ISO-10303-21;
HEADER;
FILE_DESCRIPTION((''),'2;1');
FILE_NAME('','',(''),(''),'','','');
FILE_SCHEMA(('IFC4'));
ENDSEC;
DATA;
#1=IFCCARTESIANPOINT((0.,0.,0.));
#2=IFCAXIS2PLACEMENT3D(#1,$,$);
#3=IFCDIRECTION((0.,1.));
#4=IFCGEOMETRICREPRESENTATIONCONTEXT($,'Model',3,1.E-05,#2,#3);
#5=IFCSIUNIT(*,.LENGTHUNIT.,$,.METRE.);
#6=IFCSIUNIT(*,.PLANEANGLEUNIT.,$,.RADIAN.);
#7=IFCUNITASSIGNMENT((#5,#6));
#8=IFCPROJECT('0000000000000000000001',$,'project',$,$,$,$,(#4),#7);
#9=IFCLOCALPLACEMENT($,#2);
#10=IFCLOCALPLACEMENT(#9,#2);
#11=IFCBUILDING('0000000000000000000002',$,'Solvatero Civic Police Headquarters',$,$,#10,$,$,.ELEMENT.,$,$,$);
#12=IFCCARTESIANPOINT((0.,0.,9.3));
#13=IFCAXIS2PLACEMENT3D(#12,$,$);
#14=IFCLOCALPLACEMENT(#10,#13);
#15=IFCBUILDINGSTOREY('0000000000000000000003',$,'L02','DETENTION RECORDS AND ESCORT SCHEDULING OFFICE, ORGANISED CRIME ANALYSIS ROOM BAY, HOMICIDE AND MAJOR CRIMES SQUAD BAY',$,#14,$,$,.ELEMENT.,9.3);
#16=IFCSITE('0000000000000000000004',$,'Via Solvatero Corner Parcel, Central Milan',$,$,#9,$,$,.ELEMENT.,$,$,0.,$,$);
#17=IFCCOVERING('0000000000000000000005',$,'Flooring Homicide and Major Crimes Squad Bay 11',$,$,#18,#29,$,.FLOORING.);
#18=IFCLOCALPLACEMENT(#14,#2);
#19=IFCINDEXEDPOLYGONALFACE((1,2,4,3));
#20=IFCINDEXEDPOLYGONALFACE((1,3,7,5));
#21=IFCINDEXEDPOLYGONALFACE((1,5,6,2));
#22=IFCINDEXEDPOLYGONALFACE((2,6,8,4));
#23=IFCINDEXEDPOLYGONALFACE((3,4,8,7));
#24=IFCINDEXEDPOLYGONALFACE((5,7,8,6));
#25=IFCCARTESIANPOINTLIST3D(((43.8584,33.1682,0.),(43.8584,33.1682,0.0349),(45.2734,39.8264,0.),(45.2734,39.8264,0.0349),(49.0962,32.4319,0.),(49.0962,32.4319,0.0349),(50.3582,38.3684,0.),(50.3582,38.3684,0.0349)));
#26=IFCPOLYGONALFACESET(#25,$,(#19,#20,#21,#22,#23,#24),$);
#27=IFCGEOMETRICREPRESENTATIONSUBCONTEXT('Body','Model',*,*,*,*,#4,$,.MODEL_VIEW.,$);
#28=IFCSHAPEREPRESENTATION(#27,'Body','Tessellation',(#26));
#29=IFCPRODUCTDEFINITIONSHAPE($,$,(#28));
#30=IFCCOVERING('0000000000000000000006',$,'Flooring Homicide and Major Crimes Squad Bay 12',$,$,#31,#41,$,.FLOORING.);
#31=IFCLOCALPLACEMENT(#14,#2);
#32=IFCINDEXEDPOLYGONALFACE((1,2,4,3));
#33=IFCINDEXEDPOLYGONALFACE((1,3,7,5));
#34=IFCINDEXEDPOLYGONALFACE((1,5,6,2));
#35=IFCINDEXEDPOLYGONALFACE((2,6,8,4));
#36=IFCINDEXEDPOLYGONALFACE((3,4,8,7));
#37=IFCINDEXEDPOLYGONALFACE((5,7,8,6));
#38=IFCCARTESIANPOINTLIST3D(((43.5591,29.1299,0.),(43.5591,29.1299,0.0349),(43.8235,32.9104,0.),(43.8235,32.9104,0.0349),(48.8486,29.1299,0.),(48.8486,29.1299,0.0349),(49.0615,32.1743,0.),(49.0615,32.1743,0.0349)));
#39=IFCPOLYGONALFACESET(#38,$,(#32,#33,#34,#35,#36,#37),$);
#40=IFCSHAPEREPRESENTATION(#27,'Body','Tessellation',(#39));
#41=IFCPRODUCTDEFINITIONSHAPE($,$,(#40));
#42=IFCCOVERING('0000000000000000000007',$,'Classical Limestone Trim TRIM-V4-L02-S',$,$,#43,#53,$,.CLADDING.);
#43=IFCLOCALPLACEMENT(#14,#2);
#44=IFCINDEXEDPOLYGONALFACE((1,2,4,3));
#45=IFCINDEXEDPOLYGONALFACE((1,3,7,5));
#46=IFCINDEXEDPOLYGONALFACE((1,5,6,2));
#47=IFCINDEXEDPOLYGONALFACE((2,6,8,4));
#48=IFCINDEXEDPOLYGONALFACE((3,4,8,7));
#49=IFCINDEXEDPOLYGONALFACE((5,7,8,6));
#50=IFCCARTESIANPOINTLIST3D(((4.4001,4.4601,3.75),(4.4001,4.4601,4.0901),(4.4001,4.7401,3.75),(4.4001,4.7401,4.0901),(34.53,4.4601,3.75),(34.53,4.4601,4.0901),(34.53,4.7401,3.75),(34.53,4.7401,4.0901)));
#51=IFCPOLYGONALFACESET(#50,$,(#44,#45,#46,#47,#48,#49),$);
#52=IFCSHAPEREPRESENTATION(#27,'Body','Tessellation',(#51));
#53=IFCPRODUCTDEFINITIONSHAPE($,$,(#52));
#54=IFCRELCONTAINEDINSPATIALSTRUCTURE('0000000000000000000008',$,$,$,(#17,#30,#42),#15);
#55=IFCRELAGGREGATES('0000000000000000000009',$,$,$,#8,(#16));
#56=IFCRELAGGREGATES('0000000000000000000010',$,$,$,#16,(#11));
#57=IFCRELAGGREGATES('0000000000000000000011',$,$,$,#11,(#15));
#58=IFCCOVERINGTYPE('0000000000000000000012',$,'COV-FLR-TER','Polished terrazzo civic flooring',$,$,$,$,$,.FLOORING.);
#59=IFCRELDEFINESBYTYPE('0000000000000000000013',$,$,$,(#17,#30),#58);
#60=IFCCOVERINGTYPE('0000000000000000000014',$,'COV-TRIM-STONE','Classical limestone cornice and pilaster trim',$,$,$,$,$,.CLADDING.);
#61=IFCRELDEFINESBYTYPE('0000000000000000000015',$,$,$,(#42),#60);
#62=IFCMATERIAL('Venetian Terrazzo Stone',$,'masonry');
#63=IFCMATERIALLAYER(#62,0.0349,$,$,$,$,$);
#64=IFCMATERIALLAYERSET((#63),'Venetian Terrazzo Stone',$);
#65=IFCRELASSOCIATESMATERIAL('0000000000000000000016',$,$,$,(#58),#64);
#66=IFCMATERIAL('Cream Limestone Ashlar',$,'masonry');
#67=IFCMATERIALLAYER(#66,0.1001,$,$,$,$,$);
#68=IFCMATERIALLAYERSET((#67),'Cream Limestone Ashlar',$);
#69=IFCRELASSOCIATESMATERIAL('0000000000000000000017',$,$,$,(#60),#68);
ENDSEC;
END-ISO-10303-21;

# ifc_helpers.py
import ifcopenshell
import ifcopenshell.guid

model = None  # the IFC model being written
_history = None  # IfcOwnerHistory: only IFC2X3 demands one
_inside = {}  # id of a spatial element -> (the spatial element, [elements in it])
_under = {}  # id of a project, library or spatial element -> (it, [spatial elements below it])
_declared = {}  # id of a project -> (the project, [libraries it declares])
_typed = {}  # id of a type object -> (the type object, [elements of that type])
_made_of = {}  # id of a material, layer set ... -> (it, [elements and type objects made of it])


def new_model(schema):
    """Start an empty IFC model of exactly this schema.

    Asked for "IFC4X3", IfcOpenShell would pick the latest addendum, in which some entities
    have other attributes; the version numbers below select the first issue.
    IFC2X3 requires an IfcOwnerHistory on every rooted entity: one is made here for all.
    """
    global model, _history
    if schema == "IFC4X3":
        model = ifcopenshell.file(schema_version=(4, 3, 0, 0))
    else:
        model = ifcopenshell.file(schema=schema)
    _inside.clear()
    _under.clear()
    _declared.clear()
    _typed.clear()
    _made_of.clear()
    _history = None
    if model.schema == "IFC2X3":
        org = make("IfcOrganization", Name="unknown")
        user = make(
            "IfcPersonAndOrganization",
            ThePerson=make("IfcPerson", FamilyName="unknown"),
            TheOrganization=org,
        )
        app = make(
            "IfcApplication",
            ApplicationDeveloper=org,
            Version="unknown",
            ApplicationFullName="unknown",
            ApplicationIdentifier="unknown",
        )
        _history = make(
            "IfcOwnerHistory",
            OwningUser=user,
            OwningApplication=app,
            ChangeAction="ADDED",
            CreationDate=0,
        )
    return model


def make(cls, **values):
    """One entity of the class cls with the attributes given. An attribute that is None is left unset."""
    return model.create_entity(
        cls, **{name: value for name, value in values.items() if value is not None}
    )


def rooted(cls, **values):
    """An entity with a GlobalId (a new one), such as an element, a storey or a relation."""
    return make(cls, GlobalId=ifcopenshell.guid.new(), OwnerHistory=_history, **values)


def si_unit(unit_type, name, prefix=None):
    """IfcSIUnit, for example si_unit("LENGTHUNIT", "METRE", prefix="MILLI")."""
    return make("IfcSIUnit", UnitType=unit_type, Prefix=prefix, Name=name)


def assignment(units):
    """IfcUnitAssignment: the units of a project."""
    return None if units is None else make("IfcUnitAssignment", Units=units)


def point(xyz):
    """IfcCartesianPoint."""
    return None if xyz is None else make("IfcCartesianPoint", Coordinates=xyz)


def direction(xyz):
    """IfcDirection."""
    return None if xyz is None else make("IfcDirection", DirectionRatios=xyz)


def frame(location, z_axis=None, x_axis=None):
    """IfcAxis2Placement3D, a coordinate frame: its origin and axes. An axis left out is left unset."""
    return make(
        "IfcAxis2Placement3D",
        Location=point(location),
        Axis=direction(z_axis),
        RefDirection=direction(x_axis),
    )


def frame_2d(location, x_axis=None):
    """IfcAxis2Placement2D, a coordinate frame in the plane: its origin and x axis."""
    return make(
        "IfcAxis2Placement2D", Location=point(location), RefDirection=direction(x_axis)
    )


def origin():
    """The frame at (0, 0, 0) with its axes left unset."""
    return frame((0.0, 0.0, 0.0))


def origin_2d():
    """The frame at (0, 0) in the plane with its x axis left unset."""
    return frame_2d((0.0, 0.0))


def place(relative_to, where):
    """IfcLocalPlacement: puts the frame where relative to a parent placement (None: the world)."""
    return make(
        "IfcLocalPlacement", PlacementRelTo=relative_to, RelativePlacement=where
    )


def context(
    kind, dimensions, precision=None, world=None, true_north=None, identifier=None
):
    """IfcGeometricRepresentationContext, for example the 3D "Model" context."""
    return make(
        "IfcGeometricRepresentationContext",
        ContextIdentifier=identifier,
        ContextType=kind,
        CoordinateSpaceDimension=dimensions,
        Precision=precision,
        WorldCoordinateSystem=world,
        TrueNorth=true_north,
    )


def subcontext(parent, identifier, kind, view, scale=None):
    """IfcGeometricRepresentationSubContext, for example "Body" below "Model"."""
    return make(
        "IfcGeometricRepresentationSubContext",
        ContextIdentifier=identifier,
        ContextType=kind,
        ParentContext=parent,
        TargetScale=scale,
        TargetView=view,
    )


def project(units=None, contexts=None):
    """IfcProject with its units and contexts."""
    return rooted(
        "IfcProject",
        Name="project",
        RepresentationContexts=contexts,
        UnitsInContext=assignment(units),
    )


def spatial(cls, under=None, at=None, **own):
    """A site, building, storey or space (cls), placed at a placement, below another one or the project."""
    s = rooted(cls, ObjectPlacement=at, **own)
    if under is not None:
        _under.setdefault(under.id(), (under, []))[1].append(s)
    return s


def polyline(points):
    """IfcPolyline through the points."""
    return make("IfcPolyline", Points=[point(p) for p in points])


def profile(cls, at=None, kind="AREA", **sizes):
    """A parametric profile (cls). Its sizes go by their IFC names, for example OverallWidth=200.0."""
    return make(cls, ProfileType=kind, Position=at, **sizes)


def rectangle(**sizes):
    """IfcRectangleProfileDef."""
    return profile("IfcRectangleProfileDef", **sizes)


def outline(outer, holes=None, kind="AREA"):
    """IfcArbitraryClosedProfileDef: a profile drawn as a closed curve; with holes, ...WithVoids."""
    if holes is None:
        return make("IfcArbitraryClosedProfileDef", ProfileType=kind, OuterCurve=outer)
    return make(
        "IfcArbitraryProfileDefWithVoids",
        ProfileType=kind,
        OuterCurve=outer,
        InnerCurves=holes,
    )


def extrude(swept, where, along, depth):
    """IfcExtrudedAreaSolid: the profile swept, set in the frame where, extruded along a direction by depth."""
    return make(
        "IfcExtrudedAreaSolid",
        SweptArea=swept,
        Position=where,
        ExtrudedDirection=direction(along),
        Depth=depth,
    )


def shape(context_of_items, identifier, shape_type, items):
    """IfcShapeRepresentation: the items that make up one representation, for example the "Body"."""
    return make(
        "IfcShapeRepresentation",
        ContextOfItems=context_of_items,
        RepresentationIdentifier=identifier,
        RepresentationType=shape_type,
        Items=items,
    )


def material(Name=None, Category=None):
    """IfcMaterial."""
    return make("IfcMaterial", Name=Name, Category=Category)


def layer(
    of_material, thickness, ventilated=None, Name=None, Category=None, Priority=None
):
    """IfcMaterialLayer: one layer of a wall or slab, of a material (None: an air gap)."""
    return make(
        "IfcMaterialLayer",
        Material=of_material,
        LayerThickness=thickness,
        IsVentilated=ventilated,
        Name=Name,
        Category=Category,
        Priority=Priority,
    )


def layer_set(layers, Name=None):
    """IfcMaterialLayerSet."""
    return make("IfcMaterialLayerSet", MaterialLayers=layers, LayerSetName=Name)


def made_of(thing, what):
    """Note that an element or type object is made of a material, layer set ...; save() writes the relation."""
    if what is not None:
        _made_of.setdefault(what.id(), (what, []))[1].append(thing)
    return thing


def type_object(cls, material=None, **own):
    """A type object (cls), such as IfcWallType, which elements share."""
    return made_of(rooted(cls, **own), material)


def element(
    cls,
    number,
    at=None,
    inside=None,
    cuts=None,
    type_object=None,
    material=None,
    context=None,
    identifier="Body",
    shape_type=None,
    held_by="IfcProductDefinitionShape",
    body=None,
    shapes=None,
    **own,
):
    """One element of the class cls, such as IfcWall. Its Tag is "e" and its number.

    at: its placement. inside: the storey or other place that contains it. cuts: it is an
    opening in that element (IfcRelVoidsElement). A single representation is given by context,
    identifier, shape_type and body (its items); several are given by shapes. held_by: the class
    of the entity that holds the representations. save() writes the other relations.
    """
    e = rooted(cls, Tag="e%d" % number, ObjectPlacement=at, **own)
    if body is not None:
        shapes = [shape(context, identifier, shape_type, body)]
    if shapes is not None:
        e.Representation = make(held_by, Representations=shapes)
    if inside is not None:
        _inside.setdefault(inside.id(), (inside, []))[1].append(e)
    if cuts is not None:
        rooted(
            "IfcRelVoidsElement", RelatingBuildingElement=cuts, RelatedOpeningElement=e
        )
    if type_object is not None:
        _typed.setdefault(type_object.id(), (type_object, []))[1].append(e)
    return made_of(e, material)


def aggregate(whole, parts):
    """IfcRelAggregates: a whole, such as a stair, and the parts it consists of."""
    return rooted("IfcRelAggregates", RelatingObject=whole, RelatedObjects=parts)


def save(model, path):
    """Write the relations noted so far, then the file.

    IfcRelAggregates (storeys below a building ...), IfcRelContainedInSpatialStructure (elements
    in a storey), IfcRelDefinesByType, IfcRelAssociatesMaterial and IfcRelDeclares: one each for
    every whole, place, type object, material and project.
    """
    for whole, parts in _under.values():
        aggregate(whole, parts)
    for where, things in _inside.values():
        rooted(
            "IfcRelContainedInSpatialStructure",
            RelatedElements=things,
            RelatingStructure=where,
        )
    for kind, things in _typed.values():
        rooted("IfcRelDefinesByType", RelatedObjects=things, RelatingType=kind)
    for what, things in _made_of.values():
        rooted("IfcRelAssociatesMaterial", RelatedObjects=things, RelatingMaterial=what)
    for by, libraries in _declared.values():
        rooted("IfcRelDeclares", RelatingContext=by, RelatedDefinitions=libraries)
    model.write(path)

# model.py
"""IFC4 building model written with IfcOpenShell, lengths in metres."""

from ifc_helpers import new_model, si_unit, direction, frame, origin, origin_2d, place, context, subcontext, project, spatial, polyline, rectangle, outline, extrude, material, layer, layer_set, type_object, element, save


model = new_model("IFC4")

# Units and contexts
model_context = context("Model", 3, precision=1e-05, world=origin(), true_north=direction((0.0, 1.0)))
body_context = subcontext(model_context, "Body", "Model", "MODEL_VIEW")
ifc_project = project(units=[si_unit("LENGTHUNIT", "METRE"), si_unit("PLANEANGLEUNIT", "RADIAN")], contexts=[model_context])

# Site, building, storey
site_placement = place(None, origin())
site = spatial("IfcSite", under=ifc_project, at=site_placement, Name="Via Solvatero Corner Parcel, Central Milan", CompositionType="ELEMENT", RefElevation=0.0)
building_placement = place(site_placement, origin())
building = spatial("IfcBuilding", under=site, at=building_placement, Name="Solvatero Civic Police Headquarters", CompositionType="ELEMENT")
storey_placement = place(building_placement, frame((0.0, 0.0, 9.3)))
storey = spatial("IfcBuildingStorey", under=building, at=storey_placement, Name="L02", Description="DETENTION RECORDS AND ESCORT SCHEDULING OFFICE, ORGANISED CRIME ANALYSIS ROOM BAY, HOMICIDE AND MAJOR CRIMES SQUAD BAY", CompositionType="ELEMENT", Elevation=9.3)

# Shared definitions
ifc_material_1 = material(Name="Cream Limestone Ashlar", Category="masonry")

# Coverings
ifc_material_2 = material(Name="Venetian Terrazzo Stone", Category="masonry")
ifc_layer_1 = layer(ifc_material_2, 0.0349)
ifc_layer_set_1 = layer_set([ifc_layer_1], Name="Venetian Terrazzo Stone")
covering_type_1 = type_object("IfcCoveringType", Name="COV-FLR-TER", Description="Polished terrazzo civic flooring", PredefinedType="FLOORING", material=ifc_layer_set_1)
covering_1_placement = place(storey_placement, origin())
element("IfcCovering", 1, at=covering_1_placement, inside=storey, type_object=covering_type_1, Name="Flooring Homicide and Major Crimes Squad Bay 11", PredefinedType="FLOORING", context=body_context, shape_type="SweptSolid", body=[
    extrude(outline(polyline([(49.0962, 32.4319), (43.8584, 33.1682), (45.2734, 39.8264), (50.3582, 38.3684), (49.0962, 32.4319)])), origin(), (0.0, 0.0, 1.0), 0.0349),
])
covering_2_placement = place(storey_placement, origin())
element("IfcCovering", 2, at=covering_2_placement, inside=storey, type_object=covering_type_1, Name="Flooring Homicide and Major Crimes Squad Bay 12", PredefinedType="FLOORING", context=body_context, shape_type="SweptSolid", body=[
    extrude(outline(polyline([(48.8486, 29.1299), (43.5591, 29.1299), (43.8235, 32.9104), (49.0615, 32.1743), (48.8486, 29.1299)])), origin(), (0.0, 0.0, 1.0), 0.0349),
])
ifc_layer_2 = layer(ifc_material_1, 0.1001)
ifc_layer_set_2 = layer_set([ifc_layer_2], Name="Cream Limestone Ashlar")
covering_type_2 = type_object("IfcCoveringType", Name="COV-TRIM-STONE", Description="Classical limestone cornice and pilaster trim", PredefinedType="CLADDING", material=ifc_layer_set_2)
covering_3_placement = place(storey_placement, frame((19.4651, 4.6001, 3.75), z_axis=(0.0, 0.0, 1.0), x_axis=(1.0, 0.0, 0.0)))
element("IfcCovering", 3, at=covering_3_placement, inside=storey, type_object=covering_type_2, Name="Classical Limestone Trim TRIM-V4-L02-S", PredefinedType="CLADDING", context=body_context, shape_type="SweptSolid", body=[
    extrude(rectangle(XDim=30.1299, YDim=0.28, at=origin_2d()), origin(), (0.0, 0.0, 1.0), 0.3401),
])

save(model, "model.ifc")
